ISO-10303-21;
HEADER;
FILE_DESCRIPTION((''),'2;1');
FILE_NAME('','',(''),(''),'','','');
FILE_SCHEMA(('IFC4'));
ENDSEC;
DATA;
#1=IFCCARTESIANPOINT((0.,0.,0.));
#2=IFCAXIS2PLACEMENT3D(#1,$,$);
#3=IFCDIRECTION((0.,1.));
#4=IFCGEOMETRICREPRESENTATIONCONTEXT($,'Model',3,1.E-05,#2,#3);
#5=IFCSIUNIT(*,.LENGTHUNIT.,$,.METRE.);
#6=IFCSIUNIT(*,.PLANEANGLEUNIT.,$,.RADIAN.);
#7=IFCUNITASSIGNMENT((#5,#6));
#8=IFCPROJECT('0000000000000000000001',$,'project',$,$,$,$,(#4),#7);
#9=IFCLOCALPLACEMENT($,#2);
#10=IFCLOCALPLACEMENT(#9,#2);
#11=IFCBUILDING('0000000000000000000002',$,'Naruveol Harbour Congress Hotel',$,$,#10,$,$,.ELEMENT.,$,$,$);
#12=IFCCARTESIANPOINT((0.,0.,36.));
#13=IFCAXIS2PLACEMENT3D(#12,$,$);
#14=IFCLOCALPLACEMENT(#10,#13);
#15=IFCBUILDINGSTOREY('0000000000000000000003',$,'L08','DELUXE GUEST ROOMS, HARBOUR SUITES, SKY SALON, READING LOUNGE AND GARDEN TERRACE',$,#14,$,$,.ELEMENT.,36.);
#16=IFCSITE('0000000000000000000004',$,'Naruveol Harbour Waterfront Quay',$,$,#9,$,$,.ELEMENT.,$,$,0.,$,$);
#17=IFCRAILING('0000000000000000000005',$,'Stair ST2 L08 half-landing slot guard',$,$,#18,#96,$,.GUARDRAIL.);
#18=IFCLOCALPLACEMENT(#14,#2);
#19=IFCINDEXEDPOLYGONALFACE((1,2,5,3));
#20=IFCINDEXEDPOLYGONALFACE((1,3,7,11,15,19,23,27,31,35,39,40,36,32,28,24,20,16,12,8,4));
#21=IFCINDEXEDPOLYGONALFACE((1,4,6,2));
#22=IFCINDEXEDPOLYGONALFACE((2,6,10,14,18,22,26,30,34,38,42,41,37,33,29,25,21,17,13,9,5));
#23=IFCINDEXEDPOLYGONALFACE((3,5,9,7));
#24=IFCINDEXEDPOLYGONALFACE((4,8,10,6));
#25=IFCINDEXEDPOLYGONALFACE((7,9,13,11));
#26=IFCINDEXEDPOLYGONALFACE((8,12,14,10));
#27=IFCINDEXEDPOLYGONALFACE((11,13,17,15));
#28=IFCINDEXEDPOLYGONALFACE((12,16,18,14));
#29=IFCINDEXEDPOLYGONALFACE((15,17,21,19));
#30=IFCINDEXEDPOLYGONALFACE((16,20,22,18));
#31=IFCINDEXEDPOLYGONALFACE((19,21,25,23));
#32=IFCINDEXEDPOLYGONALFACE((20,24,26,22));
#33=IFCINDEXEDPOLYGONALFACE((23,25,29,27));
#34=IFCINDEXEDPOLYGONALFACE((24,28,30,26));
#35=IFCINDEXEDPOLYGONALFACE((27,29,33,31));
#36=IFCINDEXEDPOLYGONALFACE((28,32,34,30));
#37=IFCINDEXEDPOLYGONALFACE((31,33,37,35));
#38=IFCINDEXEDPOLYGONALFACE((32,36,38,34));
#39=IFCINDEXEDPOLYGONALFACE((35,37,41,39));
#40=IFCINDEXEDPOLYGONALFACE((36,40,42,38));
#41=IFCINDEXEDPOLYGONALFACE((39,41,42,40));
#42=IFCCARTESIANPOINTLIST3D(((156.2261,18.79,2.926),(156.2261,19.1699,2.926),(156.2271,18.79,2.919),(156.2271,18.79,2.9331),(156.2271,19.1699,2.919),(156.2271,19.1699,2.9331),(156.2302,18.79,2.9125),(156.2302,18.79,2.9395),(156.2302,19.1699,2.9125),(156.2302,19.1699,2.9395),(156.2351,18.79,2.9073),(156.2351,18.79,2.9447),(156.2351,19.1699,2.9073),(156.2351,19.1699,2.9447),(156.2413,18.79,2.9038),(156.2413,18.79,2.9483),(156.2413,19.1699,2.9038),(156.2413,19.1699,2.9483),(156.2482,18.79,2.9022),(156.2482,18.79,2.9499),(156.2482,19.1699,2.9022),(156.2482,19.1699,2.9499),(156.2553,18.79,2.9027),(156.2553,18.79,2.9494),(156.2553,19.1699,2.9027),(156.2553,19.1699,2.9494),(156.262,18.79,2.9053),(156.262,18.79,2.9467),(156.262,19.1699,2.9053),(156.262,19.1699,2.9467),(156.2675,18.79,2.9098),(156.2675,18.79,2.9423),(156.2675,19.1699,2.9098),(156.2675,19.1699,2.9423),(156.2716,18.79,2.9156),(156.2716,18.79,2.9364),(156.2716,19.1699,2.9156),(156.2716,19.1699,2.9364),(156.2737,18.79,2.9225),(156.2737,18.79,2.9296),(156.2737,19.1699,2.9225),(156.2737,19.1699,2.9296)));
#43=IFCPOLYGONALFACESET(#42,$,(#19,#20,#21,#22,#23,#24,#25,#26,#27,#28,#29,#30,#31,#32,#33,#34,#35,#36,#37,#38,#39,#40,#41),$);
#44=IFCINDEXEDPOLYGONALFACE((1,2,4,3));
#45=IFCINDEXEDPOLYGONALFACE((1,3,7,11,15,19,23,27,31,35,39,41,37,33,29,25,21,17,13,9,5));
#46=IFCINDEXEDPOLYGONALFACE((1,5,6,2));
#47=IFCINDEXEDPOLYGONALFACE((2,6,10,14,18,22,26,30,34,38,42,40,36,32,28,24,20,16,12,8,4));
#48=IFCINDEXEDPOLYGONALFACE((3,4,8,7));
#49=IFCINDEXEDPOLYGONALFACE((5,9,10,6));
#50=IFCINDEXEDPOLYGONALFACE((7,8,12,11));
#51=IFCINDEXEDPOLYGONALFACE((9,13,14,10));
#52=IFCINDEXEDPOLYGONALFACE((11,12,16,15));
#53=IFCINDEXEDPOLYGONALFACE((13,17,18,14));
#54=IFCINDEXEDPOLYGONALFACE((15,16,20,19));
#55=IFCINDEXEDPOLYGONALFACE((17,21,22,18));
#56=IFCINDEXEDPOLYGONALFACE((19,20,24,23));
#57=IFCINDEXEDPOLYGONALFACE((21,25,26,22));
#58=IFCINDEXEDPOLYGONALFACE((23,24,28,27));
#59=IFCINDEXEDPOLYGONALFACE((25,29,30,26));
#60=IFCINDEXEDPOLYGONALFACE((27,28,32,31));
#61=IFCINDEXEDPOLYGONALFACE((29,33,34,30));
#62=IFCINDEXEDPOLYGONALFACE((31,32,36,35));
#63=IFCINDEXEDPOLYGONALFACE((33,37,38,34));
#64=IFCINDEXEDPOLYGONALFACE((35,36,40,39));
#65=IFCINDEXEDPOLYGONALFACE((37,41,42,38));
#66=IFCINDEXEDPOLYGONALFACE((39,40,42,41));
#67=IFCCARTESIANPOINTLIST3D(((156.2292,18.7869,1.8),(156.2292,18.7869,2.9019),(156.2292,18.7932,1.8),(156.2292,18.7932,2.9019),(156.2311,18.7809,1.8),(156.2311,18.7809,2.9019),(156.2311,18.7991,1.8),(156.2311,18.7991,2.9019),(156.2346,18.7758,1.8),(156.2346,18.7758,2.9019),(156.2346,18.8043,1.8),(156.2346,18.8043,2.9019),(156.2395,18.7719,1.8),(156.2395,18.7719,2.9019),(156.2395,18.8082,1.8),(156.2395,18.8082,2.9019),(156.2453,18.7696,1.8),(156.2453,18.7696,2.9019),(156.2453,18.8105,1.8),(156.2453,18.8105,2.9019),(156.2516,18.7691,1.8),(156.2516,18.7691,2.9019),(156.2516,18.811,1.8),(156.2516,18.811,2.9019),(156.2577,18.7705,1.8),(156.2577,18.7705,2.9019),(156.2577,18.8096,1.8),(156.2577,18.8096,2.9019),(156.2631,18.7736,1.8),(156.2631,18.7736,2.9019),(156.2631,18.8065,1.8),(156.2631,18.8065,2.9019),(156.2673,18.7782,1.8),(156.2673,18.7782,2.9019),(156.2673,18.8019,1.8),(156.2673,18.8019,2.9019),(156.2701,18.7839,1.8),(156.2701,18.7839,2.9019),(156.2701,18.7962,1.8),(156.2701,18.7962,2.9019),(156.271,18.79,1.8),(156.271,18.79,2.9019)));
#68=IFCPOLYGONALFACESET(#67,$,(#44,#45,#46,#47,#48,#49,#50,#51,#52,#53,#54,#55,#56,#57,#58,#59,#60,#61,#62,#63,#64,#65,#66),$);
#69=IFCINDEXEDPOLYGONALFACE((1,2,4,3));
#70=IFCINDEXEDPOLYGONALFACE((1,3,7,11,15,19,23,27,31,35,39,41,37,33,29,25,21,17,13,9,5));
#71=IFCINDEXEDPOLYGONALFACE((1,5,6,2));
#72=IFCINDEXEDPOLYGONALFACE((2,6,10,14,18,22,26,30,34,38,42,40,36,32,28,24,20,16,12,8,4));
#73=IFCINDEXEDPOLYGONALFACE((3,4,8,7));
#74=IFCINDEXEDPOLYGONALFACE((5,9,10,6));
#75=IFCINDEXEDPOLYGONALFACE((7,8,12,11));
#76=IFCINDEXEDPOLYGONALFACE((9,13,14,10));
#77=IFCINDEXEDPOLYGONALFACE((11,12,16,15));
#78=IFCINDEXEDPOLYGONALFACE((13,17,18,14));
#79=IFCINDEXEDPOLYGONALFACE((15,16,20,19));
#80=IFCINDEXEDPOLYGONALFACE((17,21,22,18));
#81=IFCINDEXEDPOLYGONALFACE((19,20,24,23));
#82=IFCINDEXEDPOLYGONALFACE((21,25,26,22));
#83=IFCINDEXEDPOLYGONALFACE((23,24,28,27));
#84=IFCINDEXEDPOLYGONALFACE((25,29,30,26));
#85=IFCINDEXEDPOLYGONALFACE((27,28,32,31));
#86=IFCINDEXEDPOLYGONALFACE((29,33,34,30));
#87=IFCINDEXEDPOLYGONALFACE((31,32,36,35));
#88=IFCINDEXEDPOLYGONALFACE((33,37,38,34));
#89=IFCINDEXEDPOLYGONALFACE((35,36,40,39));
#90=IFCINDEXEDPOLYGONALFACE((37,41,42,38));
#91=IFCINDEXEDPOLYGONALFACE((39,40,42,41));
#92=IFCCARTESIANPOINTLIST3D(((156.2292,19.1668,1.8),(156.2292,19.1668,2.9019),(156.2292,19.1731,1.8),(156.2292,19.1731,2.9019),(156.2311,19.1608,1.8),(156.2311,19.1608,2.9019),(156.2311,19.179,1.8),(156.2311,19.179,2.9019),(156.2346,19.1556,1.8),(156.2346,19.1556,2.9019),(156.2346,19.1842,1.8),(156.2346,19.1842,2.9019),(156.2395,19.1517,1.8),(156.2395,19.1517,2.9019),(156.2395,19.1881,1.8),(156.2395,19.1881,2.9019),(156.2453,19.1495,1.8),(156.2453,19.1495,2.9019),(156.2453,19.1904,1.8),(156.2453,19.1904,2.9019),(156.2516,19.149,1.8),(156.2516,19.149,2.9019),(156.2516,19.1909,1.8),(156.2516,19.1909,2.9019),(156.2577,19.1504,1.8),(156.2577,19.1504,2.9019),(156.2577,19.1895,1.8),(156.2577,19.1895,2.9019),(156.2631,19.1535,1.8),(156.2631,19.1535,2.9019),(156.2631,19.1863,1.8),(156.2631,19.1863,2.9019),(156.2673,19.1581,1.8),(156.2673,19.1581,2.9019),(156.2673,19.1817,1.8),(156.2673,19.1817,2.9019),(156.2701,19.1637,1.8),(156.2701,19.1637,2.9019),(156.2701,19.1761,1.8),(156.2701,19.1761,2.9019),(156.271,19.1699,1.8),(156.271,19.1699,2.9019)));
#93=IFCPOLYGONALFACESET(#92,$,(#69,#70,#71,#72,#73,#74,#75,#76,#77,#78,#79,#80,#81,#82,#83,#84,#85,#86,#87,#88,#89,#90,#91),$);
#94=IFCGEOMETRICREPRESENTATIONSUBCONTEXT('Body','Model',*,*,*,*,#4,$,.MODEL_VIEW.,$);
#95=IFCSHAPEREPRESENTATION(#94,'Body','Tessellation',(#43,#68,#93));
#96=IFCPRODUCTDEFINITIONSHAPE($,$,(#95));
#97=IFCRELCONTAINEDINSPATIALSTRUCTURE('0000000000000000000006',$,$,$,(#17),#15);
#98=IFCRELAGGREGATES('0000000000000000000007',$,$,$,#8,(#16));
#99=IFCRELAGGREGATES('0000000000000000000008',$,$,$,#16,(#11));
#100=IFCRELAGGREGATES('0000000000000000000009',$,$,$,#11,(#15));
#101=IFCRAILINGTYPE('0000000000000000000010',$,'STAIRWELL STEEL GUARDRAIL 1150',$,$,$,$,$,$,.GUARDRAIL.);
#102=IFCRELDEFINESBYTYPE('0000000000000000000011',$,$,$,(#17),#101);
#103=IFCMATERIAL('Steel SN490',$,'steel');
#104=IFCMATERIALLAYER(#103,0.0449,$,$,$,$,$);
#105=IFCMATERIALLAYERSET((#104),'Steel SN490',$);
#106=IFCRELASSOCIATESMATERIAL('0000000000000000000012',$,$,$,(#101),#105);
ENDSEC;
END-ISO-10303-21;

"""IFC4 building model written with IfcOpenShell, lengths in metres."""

from ifc_helpers import new_model, si_unit, direction, frame, origin, origin_2d, place, context, subcontext, project, spatial, circle, extrude, material, layer, layer_set, type_object, element, save


model = new_model("IFC4")

# Units and contexts
model_context = context("Model", 3, precision=1e-05, world=origin(), true_north=direction((0.0, 1.0)))
body_context = subcontext(model_context, "Body", "Model", "MODEL_VIEW")
ifc_project = project(units=[si_unit("LENGTHUNIT", "METRE"), si_unit("PLANEANGLEUNIT", "RADIAN")], contexts=[model_context])

# Site, building, storey
site_placement = place(None, origin())
site = spatial("IfcSite", under=ifc_project, at=site_placement, Name="Naruveol Harbour Waterfront Quay", CompositionType="ELEMENT", RefElevation=0.0)
building_placement = place(site_placement, origin())
building = spatial("IfcBuilding", under=site, at=building_placement, Name="Naruveol Harbour Congress Hotel", CompositionType="ELEMENT")
storey_placement = place(building_placement, frame((0.0, 0.0, 36.0)))
storey = spatial("IfcBuildingStorey", under=building, at=storey_placement, Name="L08", Description="DELUXE GUEST ROOMS, HARBOUR SUITES, SKY SALON, READING LOUNGE AND GARDEN TERRACE", CompositionType="ELEMENT", Elevation=36.0)

# Railing
ifc_material_1 = material(Name="Steel SN490", Category="steel")
ifc_layer_1 = layer(ifc_material_1, 0.0449)
ifc_layer_set_1 = layer_set([ifc_layer_1], Name="Steel SN490")
railing_type_1 = type_object("IfcRailingType", Name="STAIRWELL STEEL GUARDRAIL 1150", PredefinedType="GUARDRAIL", material=ifc_layer_set_1)
railing_1_placement = place(storey_placement, frame((156.25, 18.79, 1.8)))
element("IfcRailing", 1, at=railing_1_placement, inside=storey, type_object=railing_type_1, Name="Stair ST2 L08 half-landing slot guard", PredefinedType="GUARDRAIL", context=body_context, shape_type="SweptSolid", body=[
    extrude(circle(Radius=0.0239, at=origin_2d()), frame((0.0, 0.0, 1.126), z_axis=(0.0, 1.0, 0.0), x_axis=(-1.0, 0.0, 0.0)), (0.0, 0.0, 1.0), 0.3799),
    extrude(circle(Radius=0.021, at=origin_2d()), origin(), (0.0, 0.0, 1.0), 1.1018),
    extrude(circle(Radius=0.021, at=origin_2d()), frame((0.0, 0.3799, 0.0)), (0.0, 0.0, 1.0), 1.1018),
])

save(model, "model.ifc")
